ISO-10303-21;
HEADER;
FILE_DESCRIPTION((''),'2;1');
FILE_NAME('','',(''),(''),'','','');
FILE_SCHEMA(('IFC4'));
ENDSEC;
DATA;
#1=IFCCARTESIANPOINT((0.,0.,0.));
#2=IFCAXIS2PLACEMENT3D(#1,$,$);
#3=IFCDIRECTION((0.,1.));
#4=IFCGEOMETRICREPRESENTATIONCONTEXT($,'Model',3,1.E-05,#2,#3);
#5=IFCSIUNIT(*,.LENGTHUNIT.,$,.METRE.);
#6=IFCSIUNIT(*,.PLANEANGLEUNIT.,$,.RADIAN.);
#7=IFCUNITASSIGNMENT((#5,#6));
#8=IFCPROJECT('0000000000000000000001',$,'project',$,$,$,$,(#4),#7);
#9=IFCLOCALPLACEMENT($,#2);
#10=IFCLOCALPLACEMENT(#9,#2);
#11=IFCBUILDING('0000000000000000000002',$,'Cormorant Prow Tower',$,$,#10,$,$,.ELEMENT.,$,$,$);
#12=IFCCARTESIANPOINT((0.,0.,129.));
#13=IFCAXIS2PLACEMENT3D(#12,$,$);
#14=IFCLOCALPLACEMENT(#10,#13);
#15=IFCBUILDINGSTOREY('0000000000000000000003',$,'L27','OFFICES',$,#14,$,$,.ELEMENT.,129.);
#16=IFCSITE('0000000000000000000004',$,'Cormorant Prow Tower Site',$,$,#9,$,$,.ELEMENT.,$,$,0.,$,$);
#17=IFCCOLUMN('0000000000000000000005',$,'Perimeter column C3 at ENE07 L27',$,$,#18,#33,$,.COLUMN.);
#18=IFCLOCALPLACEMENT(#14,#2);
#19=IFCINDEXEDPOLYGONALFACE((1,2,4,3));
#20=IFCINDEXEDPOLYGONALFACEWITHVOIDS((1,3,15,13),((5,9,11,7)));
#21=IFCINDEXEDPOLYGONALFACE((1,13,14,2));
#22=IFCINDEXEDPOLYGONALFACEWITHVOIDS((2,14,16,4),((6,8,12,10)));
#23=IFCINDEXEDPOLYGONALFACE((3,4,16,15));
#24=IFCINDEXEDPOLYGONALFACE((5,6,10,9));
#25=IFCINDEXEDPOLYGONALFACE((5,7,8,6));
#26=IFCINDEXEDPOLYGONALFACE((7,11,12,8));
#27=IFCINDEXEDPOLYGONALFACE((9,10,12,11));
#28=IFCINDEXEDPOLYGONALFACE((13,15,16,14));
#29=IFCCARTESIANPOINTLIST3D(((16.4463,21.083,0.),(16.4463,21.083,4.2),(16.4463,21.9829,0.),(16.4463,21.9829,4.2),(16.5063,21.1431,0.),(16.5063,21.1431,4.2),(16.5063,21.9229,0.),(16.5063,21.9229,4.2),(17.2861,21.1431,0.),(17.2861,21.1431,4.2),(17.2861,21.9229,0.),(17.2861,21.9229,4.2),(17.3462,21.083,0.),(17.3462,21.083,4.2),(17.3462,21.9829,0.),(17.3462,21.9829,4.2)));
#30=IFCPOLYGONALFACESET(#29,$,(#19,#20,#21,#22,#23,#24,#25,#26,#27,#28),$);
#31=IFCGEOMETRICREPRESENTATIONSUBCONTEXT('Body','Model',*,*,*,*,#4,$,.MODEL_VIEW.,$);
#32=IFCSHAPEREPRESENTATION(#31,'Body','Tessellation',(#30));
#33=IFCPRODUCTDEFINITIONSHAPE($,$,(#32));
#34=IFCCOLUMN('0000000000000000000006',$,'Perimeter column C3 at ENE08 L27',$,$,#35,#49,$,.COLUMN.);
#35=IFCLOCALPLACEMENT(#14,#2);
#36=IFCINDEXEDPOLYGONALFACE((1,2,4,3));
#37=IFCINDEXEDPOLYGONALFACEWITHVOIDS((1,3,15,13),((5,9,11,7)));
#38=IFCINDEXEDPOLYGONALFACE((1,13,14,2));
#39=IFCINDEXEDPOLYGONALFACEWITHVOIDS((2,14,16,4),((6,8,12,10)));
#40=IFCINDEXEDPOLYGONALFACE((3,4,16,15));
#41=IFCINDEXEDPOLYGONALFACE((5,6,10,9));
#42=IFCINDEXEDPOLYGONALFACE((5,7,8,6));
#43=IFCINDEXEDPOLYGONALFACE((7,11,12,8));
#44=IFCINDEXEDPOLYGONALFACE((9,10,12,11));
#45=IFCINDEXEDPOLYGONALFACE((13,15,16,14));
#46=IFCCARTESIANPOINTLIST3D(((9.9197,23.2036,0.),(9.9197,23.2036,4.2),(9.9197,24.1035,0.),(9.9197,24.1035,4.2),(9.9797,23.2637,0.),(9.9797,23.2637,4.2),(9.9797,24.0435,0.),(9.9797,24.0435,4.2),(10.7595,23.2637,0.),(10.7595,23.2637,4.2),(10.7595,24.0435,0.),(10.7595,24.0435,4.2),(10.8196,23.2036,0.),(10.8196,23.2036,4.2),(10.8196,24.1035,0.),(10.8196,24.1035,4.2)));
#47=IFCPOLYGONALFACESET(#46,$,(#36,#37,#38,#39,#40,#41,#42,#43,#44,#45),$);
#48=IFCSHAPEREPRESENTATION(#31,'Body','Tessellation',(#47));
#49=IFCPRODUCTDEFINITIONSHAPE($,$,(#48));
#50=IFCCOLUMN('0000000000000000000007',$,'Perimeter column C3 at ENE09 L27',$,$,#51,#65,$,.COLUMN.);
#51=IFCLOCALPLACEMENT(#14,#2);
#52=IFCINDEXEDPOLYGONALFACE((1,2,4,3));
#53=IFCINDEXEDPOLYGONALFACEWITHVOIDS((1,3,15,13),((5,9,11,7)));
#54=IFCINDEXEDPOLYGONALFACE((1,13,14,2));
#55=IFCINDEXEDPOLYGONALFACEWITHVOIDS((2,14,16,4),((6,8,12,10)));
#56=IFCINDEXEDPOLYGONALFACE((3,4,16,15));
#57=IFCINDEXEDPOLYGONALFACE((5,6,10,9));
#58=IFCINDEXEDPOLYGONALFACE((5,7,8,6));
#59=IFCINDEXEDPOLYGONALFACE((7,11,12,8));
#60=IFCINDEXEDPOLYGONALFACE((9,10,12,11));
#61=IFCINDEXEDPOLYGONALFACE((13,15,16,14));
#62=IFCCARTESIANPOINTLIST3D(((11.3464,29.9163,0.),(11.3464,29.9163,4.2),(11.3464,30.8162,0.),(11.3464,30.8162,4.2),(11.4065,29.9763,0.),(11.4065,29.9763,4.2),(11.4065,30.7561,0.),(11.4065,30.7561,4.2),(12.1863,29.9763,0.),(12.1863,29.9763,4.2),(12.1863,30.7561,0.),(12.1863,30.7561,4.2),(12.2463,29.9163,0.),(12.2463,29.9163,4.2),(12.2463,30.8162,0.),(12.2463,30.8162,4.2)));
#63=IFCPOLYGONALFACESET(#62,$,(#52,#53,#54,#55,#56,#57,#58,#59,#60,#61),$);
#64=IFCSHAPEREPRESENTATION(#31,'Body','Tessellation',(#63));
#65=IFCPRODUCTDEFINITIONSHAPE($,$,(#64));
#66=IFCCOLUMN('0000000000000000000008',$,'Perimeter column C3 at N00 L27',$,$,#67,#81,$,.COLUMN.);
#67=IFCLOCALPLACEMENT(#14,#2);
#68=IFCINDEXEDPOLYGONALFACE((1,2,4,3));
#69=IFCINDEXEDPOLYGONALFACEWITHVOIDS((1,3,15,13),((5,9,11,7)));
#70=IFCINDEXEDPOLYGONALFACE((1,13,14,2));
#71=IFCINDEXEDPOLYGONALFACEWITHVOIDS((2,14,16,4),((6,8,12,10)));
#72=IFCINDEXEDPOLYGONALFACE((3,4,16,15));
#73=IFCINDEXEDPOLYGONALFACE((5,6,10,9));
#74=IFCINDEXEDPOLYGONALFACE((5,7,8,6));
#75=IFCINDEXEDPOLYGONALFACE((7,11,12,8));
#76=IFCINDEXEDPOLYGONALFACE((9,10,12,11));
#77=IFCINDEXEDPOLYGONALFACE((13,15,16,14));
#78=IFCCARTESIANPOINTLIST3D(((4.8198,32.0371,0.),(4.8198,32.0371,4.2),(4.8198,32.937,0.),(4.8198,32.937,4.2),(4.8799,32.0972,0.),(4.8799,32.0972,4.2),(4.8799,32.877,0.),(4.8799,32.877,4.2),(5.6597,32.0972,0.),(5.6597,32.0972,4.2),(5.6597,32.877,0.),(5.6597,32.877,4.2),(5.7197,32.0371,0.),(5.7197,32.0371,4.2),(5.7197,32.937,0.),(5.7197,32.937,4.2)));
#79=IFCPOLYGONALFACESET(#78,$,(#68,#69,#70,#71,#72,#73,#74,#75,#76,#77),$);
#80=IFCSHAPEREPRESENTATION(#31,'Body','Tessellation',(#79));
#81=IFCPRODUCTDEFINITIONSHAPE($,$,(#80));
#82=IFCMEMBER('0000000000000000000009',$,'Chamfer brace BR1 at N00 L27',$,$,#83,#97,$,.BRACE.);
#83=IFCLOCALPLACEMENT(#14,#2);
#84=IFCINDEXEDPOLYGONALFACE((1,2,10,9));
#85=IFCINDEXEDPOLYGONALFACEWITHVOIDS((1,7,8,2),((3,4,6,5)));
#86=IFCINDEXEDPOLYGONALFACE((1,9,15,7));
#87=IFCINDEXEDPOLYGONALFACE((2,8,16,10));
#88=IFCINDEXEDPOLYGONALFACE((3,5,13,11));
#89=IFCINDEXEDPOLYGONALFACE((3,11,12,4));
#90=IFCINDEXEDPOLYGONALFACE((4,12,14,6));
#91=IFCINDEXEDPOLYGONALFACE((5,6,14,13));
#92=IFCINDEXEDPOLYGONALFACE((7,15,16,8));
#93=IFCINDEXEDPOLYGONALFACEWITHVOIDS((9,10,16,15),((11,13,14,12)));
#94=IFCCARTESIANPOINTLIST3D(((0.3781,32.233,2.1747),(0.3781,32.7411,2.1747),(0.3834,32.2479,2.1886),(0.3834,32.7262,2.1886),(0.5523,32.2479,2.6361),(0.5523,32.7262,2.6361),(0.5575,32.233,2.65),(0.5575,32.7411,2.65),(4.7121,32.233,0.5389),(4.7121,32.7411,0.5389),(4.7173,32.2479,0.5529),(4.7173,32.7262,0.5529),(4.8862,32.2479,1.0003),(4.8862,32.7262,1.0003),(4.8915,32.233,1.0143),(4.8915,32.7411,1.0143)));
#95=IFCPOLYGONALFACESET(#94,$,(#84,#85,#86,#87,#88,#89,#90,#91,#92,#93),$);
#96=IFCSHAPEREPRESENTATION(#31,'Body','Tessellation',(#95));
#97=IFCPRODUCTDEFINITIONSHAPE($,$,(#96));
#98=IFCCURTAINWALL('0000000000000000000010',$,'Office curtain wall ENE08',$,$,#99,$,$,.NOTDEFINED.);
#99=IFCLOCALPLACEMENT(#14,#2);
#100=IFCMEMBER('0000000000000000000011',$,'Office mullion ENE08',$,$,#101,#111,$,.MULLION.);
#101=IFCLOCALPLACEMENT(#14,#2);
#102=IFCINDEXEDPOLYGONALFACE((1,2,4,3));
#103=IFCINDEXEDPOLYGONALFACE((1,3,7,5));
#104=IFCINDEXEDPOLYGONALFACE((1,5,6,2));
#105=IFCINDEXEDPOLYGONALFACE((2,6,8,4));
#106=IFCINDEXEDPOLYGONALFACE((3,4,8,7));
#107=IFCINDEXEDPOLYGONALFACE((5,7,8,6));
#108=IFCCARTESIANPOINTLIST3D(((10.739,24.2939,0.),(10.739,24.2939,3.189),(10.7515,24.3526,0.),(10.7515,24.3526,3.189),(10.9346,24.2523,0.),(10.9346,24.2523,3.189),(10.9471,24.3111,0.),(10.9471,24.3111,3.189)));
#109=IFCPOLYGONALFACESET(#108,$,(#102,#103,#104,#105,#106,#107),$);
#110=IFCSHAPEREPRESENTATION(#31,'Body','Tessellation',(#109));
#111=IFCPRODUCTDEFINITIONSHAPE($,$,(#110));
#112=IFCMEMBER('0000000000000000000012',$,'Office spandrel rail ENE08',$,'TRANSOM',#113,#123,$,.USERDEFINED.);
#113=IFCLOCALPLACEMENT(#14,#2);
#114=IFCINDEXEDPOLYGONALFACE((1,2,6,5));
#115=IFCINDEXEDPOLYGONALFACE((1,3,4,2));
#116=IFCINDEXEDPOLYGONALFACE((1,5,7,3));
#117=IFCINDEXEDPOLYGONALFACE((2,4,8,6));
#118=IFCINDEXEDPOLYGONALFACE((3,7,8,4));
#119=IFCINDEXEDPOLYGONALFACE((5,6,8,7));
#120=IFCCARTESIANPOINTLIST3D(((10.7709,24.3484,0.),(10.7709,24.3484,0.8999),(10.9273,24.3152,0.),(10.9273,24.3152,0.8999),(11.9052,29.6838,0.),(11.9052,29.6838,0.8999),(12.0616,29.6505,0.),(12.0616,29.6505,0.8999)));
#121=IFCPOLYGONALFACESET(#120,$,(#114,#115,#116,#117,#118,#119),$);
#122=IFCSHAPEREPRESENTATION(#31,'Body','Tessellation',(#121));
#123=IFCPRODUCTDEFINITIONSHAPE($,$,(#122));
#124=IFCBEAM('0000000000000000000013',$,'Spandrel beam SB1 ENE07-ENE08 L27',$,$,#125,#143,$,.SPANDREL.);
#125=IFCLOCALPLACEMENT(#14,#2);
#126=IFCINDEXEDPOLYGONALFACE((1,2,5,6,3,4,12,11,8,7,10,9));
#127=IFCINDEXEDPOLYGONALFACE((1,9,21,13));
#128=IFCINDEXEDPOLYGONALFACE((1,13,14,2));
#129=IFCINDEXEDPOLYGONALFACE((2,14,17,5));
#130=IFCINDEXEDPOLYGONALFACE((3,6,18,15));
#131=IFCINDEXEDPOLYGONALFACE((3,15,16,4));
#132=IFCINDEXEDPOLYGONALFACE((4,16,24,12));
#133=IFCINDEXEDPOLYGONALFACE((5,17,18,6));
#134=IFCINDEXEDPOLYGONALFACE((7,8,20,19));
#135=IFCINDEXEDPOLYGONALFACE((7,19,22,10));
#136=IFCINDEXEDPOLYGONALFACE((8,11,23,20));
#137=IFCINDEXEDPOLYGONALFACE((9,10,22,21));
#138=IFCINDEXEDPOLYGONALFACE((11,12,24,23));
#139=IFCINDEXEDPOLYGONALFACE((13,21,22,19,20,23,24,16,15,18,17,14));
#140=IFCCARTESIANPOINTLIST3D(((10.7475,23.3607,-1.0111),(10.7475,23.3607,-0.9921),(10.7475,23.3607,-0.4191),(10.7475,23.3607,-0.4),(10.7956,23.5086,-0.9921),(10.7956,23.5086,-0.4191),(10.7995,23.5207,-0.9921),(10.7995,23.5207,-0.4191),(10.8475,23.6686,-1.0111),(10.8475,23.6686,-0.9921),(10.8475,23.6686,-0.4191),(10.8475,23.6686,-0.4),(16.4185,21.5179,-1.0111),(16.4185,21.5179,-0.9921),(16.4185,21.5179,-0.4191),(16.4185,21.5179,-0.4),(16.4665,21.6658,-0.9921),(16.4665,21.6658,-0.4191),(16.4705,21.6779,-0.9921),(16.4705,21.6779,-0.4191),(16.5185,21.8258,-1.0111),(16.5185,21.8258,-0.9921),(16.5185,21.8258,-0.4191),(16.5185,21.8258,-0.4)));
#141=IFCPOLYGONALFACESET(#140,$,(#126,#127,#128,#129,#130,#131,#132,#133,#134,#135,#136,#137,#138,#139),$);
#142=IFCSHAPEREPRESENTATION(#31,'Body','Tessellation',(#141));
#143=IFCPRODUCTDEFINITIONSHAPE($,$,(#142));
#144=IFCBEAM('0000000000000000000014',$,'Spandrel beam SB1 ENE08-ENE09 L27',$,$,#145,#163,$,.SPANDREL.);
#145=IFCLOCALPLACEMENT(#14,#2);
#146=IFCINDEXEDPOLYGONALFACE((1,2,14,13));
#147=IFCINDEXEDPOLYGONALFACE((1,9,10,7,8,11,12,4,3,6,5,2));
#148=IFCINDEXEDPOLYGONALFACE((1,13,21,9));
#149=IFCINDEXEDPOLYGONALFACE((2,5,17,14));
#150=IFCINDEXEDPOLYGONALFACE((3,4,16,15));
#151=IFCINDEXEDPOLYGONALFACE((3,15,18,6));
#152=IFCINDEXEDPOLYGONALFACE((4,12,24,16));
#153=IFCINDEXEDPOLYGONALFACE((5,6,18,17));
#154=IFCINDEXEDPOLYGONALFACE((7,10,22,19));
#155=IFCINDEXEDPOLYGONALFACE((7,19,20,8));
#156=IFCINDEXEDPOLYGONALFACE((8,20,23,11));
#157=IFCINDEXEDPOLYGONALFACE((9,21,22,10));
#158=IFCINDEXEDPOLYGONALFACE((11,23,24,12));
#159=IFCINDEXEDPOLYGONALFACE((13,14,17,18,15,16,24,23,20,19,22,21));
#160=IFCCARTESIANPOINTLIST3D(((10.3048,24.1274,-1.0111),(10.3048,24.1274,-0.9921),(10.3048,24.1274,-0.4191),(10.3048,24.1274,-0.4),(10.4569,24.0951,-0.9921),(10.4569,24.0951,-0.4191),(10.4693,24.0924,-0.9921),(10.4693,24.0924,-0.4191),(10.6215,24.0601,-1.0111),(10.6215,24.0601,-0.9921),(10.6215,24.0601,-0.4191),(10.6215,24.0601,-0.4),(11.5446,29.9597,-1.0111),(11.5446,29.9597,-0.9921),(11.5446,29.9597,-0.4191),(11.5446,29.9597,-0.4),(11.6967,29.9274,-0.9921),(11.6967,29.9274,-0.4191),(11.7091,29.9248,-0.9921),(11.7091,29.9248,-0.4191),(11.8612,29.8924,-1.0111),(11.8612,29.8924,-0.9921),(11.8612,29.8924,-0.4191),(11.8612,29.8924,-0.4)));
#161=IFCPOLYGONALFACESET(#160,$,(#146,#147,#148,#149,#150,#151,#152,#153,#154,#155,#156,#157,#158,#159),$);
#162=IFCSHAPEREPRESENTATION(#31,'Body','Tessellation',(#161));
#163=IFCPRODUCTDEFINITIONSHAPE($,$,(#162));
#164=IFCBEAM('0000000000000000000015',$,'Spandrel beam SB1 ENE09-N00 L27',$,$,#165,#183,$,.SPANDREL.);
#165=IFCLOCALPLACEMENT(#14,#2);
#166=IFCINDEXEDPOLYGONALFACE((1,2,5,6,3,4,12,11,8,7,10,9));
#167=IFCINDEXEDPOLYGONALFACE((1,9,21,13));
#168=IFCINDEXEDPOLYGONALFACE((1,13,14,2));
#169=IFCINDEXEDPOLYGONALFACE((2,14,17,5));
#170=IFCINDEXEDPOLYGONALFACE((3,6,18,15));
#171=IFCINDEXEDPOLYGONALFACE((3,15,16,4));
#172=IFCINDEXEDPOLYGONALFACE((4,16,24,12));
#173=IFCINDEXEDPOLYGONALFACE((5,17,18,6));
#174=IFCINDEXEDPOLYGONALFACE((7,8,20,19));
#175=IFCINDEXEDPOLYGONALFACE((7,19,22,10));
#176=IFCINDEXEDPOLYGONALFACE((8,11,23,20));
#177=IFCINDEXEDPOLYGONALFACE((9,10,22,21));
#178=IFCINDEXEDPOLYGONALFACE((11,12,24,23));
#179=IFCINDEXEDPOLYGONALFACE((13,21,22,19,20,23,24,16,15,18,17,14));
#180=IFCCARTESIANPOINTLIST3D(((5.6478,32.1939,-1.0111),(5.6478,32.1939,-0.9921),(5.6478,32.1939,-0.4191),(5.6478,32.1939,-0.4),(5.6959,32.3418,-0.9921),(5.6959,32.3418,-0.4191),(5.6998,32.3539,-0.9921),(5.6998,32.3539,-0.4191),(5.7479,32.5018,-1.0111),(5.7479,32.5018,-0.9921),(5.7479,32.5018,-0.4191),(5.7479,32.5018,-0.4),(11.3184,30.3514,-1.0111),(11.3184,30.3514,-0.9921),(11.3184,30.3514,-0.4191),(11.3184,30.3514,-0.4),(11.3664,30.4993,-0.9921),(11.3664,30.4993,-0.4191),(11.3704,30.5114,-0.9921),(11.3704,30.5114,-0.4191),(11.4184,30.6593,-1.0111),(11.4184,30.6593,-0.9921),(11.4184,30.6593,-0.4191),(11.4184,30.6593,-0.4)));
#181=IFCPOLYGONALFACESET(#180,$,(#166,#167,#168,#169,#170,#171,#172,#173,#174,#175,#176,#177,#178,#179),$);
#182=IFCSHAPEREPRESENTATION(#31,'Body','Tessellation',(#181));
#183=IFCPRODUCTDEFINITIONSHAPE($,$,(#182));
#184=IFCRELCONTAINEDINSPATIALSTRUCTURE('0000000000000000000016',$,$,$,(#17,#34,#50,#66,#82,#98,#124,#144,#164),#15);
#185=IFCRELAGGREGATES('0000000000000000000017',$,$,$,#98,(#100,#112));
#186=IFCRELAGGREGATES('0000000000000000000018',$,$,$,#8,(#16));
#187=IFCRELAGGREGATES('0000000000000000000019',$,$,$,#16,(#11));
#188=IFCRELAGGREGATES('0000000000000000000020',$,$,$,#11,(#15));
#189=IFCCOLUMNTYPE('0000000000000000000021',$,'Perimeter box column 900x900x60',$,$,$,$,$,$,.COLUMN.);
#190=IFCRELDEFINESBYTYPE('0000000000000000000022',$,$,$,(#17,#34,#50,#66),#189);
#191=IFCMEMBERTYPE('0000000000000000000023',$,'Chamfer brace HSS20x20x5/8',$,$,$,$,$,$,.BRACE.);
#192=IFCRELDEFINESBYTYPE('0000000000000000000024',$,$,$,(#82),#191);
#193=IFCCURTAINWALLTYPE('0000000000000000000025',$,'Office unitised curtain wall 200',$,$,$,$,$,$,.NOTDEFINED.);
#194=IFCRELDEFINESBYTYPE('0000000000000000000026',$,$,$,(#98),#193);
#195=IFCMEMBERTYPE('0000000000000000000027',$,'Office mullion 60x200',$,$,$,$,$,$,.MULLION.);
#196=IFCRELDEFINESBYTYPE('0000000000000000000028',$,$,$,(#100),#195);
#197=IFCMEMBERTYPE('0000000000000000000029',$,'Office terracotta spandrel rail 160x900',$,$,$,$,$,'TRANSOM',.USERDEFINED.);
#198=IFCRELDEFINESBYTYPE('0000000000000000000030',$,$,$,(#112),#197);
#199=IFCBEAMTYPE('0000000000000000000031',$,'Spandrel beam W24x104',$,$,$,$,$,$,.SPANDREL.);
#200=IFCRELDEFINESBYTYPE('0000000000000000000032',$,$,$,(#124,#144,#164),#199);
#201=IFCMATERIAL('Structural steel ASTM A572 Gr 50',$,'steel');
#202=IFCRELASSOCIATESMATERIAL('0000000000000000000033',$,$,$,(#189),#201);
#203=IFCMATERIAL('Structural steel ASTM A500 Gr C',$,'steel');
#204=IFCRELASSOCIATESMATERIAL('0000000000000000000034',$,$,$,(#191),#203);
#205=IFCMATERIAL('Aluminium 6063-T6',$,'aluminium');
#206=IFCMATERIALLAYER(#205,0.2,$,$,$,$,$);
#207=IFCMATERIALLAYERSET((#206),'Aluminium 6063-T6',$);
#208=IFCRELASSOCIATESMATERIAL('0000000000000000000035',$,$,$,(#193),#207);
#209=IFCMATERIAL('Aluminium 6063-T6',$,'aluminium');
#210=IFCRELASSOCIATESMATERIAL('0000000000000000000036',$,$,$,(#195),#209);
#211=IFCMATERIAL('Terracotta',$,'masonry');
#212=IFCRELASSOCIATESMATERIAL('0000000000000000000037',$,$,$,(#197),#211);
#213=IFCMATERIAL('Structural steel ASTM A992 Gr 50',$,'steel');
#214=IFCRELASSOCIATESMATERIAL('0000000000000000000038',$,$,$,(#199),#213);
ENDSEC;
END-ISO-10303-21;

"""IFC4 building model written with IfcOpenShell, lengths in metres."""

from ifc_helpers import new_model, si_unit, direction, frame, origin, origin_2d, place, context, subcontext, project, spatial, rectangle, hollow_rectangle, i_section, extrude, material, layer, layer_set, material_profile, profile_set, type_object, element, aggregate, save


model = new_model("IFC4")

# Units and contexts
model_context = context("Model", 3, precision=1e-05, world=origin(), true_north=direction((0.0, 1.0)))
body_context = subcontext(model_context, "Body", "Model", "MODEL_VIEW")
ifc_project = project(units=[si_unit("LENGTHUNIT", "METRE"), si_unit("PLANEANGLEUNIT", "RADIAN")], contexts=[model_context])

# Site, building, storey
site_placement = place(None, origin())
site = spatial("IfcSite", under=ifc_project, at=site_placement, Name="Cormorant Prow Tower Site", CompositionType="ELEMENT", RefElevation=0.0)
building_placement = place(site_placement, origin())
building = spatial("IfcBuilding", under=site, at=building_placement, Name="Cormorant Prow Tower", CompositionType="ELEMENT")
storey_placement = place(building_placement, frame((0.0, 0.0, 129.0)))
storey = spatial("IfcBuildingStorey", under=building, at=storey_placement, Name="L27", Description="OFFICES", CompositionType="ELEMENT", Elevation=129.0)

# Columns
ifc_material_1 = material(Name="Structural steel ASTM A572 Gr 50", Category="steel")
ifc_material_profile_1 = material_profile(ifc_material_1, hollow_rectangle(XDim=0.8999, YDim=0.8999, WallThickness=0.0601, at=origin_2d()), Name="Box 900x900x60")
ifc_profile_set_1 = profile_set([ifc_material_profile_1], Name="Structural steel ASTM A572 Gr 50")
column_type = type_object("IfcColumnType", Name="Perimeter box column 900x900x60", PredefinedType="COLUMN", material=ifc_profile_set_1)
for number, where, z_axis, x_axis, name in (
    (1, (16.8962, 21.533, 0.0), (0.0, 0.0, 1.0), (1.0, 0.0, 0.0), "Perimeter column C3 at ENE07 L27"),
    (2, (10.3696, 23.6536, 0.0), (0.0, 0.0, 1.0), (1.0, 0.0, 0.0), "Perimeter column C3 at ENE08 L27"),
    (3, (11.7964, 30.3662, 0.0), (0.0, 0.0, 1.0), (1.0, 0.0, 0.0), "Perimeter column C3 at ENE09 L27"),
    (4, (5.2698, 32.4871, 0.0), (0.0, 0.0, 1.0), (1.0, 0.0, 0.0), "Perimeter column C3 at N00 L27"),
):
    element("IfcColumn", number, at=place(storey_placement, frame(where, z_axis=z_axis, x_axis=x_axis)), inside=storey, type_object=column_type, Name=name, PredefinedType="COLUMN", context=body_context, shape_type="SweptSolid", body=[
        extrude(hollow_rectangle(XDim=0.8999, YDim=0.8999, WallThickness=0.0601, at=origin_2d()), origin(), (0.0, 0.0, 1.0), 4.2),
    ])

# Member
ifc_material_2 = material(Name="Structural steel ASTM A500 Gr C", Category="steel")
ifc_material_profile_2 = material_profile(ifc_material_2, hollow_rectangle(XDim=0.5081, YDim=0.5081, WallThickness=0.0149, at=origin_2d()), Name="HSS20x20x5/8")
ifc_profile_set_2 = profile_set([ifc_material_profile_2], Name="Structural steel ASTM A500 Gr C")
member_type_1 = type_object("IfcMemberType", Name="Chamfer brace HSS20x20x5/8", PredefinedType="BRACE", material=ifc_profile_set_2)
member_1_placement = place(storey_placement, frame((4.8018, 32.4871, 0.7766), z_axis=(-0.935582, 0.0, 0.353109), x_axis=(0.0, -1.0, 0.0)))
element("IfcMember", 5, at=member_1_placement, inside=storey, type_object=member_type_1, Name="Chamfer brace BR1 at N00 L27", PredefinedType="BRACE", context=body_context, shape_type="SweptSolid", body=[
    extrude(hollow_rectangle(XDim=0.5081, YDim=0.5081, WallThickness=0.0149, at=origin_2d()), origin(), (0.0, 0.0, 1.0), 4.6323),
])

# Curtain wall, members
ifc_material_3 = material(Name="Aluminium 6063-T6", Category="aluminium")
ifc_layer_1 = layer(ifc_material_3, 0.2)
ifc_layer_set_1 = layer_set([ifc_layer_1], Name="Aluminium 6063-T6")
curtain_wall_type = type_object("IfcCurtainWallType", Name="Office unitised curtain wall 200", PredefinedType="NOTDEFINED", material=ifc_layer_set_1)
curtain_wall_1_placement = place(storey_placement, origin())
curtain_wall_1 = element("IfcCurtainWall", 6, at=curtain_wall_1_placement, inside=storey, type_object=curtain_wall_type, Name="Office curtain wall ENE08", PredefinedType="NOTDEFINED")
ifc_material_4 = material(Name="Aluminium 6063-T6", Category="aluminium")
ifc_material_profile_3 = material_profile(ifc_material_4, rectangle(XDim=0.2, YDim=0.0601, at=origin_2d()), Name="Office mullion 60x200")
ifc_profile_set_3 = profile_set([ifc_material_profile_3], Name="Aluminium 6063-T6")
member_type_2 = type_object("IfcMemberType", Name="Office mullion 60x200", PredefinedType="MULLION", material=ifc_profile_set_3)
member_2_placement = place(storey_placement, frame((10.843, 24.3025, 0.0), z_axis=(0.0, 0.0, 1.0), x_axis=(-0.978148, 0.207912, 0.0)))
member_2 = element("IfcMember", 7, at=member_2_placement, type_object=member_type_2, Name="Office mullion ENE08", PredefinedType="MULLION", context=body_context, shape_type="SweptSolid", body=[
    extrude(rectangle(XDim=0.2, YDim=0.0601, at=origin_2d()), origin(), (0.0, 0.0, 1.0), 3.189),
])
ifc_material_5 = material(Name="Terracotta", Category="masonry")
ifc_material_profile_4 = material_profile(ifc_material_5, rectangle(XDim=0.1599, YDim=0.8999, at=origin_2d()), Name="Office terracotta spandrel rail 160x900")
ifc_profile_set_4 = profile_set([ifc_material_profile_4], Name="Terracotta")
member_type_3 = type_object("IfcMemberType", Name="Office terracotta spandrel rail 160x900", ElementType="TRANSOM", PredefinedType="USERDEFINED", material=ifc_profile_set_4)
member_3_placement = place(storey_placement, frame((10.8491, 24.3318, 0.45), z_axis=(0.207945, 0.97814, 0.0), x_axis=(-0.97814, 0.207945, 0.0)))
member_3 = element("IfcMember", 8, at=member_3_placement, type_object=member_type_3, Name="Office spandrel rail ENE08", ObjectType="TRANSOM", PredefinedType="USERDEFINED", context=body_context, shape_type="SweptSolid", body=[
    extrude(rectangle(XDim=0.1599, YDim=0.8999, at=origin_2d()), origin(), (0.0, 0.0, 1.0), 5.4546),
])

# Beams
ifc_material_6 = material(Name="Structural steel ASTM A992 Gr 50", Category="steel")
ifc_material_profile_5 = material_profile(ifc_material_6, i_section(OverallWidth=0.3237, OverallDepth=0.6111, WebThickness=0.0127, FlangeThickness=0.019, at=origin_2d()), Name="W24x104")
ifc_profile_set_5 = profile_set([ifc_material_profile_5], Name="Structural steel ASTM A992 Gr 50")
beam_type = type_object("IfcBeamType", Name="Spandrel beam W24x104", PredefinedType="SPANDREL", material=ifc_profile_set_5)
beam_1_placement = place(storey_placement, frame((16.4685, 21.6719, -0.7056), z_axis=(-0.951047, 0.309045, 0.0), x_axis=(-0.309045, -0.951047, 0.0)))
element("IfcBeam", 9, at=beam_1_placement, inside=storey, type_object=beam_type, Name="Spandrel beam SB1 ENE07-ENE08 L27", PredefinedType="SPANDREL", context=body_context, shape_type="SweptSolid", body=[
    extrude(i_section(OverallWidth=0.3237, OverallDepth=0.6111, WebThickness=0.0127, FlangeThickness=0.019, at=origin_2d()), origin(), (0.0, 0.0, 1.0), 5.9629),
])
beam_2_placement = place(storey_placement, frame((10.4631, 24.0938, -0.7056), z_axis=(0.207921, 0.978146, 0.0), x_axis=(-0.978146, 0.207921, 0.0)))
element("IfcBeam", 10, at=beam_2_placement, inside=storey, type_object=beam_type, Name="Spandrel beam SB1 ENE08-ENE09 L27", PredefinedType="SPANDREL", context=body_context, shape_type="SweptSolid", body=[
    extrude(i_section(OverallWidth=0.3237, OverallDepth=0.6111, WebThickness=0.0127, FlangeThickness=0.019, at=origin_2d()), origin(), (0.0, 0.0, 1.0), 5.9626),
])
beam_3_placement = place(storey_placement, frame((11.3684, 30.5054, -0.7056), z_axis=(-0.951055, 0.30902, 0.0), x_axis=(-0.30902, -0.951055, 0.0)))
element("IfcBeam", 11, at=beam_3_placement, inside=storey, type_object=beam_type, Name="Spandrel beam SB1 ENE09-N00 L27", PredefinedType="SPANDREL", context=body_context, shape_type="SweptSolid", body=[
    extrude(i_section(OverallWidth=0.3237, OverallDepth=0.6111, WebThickness=0.0127, FlangeThickness=0.019, at=origin_2d()), origin(), (0.0, 0.0, 1.0), 5.9624),
])

aggregate(curtain_wall_1, [member_2, member_3])

save(model, "model.ifc")
